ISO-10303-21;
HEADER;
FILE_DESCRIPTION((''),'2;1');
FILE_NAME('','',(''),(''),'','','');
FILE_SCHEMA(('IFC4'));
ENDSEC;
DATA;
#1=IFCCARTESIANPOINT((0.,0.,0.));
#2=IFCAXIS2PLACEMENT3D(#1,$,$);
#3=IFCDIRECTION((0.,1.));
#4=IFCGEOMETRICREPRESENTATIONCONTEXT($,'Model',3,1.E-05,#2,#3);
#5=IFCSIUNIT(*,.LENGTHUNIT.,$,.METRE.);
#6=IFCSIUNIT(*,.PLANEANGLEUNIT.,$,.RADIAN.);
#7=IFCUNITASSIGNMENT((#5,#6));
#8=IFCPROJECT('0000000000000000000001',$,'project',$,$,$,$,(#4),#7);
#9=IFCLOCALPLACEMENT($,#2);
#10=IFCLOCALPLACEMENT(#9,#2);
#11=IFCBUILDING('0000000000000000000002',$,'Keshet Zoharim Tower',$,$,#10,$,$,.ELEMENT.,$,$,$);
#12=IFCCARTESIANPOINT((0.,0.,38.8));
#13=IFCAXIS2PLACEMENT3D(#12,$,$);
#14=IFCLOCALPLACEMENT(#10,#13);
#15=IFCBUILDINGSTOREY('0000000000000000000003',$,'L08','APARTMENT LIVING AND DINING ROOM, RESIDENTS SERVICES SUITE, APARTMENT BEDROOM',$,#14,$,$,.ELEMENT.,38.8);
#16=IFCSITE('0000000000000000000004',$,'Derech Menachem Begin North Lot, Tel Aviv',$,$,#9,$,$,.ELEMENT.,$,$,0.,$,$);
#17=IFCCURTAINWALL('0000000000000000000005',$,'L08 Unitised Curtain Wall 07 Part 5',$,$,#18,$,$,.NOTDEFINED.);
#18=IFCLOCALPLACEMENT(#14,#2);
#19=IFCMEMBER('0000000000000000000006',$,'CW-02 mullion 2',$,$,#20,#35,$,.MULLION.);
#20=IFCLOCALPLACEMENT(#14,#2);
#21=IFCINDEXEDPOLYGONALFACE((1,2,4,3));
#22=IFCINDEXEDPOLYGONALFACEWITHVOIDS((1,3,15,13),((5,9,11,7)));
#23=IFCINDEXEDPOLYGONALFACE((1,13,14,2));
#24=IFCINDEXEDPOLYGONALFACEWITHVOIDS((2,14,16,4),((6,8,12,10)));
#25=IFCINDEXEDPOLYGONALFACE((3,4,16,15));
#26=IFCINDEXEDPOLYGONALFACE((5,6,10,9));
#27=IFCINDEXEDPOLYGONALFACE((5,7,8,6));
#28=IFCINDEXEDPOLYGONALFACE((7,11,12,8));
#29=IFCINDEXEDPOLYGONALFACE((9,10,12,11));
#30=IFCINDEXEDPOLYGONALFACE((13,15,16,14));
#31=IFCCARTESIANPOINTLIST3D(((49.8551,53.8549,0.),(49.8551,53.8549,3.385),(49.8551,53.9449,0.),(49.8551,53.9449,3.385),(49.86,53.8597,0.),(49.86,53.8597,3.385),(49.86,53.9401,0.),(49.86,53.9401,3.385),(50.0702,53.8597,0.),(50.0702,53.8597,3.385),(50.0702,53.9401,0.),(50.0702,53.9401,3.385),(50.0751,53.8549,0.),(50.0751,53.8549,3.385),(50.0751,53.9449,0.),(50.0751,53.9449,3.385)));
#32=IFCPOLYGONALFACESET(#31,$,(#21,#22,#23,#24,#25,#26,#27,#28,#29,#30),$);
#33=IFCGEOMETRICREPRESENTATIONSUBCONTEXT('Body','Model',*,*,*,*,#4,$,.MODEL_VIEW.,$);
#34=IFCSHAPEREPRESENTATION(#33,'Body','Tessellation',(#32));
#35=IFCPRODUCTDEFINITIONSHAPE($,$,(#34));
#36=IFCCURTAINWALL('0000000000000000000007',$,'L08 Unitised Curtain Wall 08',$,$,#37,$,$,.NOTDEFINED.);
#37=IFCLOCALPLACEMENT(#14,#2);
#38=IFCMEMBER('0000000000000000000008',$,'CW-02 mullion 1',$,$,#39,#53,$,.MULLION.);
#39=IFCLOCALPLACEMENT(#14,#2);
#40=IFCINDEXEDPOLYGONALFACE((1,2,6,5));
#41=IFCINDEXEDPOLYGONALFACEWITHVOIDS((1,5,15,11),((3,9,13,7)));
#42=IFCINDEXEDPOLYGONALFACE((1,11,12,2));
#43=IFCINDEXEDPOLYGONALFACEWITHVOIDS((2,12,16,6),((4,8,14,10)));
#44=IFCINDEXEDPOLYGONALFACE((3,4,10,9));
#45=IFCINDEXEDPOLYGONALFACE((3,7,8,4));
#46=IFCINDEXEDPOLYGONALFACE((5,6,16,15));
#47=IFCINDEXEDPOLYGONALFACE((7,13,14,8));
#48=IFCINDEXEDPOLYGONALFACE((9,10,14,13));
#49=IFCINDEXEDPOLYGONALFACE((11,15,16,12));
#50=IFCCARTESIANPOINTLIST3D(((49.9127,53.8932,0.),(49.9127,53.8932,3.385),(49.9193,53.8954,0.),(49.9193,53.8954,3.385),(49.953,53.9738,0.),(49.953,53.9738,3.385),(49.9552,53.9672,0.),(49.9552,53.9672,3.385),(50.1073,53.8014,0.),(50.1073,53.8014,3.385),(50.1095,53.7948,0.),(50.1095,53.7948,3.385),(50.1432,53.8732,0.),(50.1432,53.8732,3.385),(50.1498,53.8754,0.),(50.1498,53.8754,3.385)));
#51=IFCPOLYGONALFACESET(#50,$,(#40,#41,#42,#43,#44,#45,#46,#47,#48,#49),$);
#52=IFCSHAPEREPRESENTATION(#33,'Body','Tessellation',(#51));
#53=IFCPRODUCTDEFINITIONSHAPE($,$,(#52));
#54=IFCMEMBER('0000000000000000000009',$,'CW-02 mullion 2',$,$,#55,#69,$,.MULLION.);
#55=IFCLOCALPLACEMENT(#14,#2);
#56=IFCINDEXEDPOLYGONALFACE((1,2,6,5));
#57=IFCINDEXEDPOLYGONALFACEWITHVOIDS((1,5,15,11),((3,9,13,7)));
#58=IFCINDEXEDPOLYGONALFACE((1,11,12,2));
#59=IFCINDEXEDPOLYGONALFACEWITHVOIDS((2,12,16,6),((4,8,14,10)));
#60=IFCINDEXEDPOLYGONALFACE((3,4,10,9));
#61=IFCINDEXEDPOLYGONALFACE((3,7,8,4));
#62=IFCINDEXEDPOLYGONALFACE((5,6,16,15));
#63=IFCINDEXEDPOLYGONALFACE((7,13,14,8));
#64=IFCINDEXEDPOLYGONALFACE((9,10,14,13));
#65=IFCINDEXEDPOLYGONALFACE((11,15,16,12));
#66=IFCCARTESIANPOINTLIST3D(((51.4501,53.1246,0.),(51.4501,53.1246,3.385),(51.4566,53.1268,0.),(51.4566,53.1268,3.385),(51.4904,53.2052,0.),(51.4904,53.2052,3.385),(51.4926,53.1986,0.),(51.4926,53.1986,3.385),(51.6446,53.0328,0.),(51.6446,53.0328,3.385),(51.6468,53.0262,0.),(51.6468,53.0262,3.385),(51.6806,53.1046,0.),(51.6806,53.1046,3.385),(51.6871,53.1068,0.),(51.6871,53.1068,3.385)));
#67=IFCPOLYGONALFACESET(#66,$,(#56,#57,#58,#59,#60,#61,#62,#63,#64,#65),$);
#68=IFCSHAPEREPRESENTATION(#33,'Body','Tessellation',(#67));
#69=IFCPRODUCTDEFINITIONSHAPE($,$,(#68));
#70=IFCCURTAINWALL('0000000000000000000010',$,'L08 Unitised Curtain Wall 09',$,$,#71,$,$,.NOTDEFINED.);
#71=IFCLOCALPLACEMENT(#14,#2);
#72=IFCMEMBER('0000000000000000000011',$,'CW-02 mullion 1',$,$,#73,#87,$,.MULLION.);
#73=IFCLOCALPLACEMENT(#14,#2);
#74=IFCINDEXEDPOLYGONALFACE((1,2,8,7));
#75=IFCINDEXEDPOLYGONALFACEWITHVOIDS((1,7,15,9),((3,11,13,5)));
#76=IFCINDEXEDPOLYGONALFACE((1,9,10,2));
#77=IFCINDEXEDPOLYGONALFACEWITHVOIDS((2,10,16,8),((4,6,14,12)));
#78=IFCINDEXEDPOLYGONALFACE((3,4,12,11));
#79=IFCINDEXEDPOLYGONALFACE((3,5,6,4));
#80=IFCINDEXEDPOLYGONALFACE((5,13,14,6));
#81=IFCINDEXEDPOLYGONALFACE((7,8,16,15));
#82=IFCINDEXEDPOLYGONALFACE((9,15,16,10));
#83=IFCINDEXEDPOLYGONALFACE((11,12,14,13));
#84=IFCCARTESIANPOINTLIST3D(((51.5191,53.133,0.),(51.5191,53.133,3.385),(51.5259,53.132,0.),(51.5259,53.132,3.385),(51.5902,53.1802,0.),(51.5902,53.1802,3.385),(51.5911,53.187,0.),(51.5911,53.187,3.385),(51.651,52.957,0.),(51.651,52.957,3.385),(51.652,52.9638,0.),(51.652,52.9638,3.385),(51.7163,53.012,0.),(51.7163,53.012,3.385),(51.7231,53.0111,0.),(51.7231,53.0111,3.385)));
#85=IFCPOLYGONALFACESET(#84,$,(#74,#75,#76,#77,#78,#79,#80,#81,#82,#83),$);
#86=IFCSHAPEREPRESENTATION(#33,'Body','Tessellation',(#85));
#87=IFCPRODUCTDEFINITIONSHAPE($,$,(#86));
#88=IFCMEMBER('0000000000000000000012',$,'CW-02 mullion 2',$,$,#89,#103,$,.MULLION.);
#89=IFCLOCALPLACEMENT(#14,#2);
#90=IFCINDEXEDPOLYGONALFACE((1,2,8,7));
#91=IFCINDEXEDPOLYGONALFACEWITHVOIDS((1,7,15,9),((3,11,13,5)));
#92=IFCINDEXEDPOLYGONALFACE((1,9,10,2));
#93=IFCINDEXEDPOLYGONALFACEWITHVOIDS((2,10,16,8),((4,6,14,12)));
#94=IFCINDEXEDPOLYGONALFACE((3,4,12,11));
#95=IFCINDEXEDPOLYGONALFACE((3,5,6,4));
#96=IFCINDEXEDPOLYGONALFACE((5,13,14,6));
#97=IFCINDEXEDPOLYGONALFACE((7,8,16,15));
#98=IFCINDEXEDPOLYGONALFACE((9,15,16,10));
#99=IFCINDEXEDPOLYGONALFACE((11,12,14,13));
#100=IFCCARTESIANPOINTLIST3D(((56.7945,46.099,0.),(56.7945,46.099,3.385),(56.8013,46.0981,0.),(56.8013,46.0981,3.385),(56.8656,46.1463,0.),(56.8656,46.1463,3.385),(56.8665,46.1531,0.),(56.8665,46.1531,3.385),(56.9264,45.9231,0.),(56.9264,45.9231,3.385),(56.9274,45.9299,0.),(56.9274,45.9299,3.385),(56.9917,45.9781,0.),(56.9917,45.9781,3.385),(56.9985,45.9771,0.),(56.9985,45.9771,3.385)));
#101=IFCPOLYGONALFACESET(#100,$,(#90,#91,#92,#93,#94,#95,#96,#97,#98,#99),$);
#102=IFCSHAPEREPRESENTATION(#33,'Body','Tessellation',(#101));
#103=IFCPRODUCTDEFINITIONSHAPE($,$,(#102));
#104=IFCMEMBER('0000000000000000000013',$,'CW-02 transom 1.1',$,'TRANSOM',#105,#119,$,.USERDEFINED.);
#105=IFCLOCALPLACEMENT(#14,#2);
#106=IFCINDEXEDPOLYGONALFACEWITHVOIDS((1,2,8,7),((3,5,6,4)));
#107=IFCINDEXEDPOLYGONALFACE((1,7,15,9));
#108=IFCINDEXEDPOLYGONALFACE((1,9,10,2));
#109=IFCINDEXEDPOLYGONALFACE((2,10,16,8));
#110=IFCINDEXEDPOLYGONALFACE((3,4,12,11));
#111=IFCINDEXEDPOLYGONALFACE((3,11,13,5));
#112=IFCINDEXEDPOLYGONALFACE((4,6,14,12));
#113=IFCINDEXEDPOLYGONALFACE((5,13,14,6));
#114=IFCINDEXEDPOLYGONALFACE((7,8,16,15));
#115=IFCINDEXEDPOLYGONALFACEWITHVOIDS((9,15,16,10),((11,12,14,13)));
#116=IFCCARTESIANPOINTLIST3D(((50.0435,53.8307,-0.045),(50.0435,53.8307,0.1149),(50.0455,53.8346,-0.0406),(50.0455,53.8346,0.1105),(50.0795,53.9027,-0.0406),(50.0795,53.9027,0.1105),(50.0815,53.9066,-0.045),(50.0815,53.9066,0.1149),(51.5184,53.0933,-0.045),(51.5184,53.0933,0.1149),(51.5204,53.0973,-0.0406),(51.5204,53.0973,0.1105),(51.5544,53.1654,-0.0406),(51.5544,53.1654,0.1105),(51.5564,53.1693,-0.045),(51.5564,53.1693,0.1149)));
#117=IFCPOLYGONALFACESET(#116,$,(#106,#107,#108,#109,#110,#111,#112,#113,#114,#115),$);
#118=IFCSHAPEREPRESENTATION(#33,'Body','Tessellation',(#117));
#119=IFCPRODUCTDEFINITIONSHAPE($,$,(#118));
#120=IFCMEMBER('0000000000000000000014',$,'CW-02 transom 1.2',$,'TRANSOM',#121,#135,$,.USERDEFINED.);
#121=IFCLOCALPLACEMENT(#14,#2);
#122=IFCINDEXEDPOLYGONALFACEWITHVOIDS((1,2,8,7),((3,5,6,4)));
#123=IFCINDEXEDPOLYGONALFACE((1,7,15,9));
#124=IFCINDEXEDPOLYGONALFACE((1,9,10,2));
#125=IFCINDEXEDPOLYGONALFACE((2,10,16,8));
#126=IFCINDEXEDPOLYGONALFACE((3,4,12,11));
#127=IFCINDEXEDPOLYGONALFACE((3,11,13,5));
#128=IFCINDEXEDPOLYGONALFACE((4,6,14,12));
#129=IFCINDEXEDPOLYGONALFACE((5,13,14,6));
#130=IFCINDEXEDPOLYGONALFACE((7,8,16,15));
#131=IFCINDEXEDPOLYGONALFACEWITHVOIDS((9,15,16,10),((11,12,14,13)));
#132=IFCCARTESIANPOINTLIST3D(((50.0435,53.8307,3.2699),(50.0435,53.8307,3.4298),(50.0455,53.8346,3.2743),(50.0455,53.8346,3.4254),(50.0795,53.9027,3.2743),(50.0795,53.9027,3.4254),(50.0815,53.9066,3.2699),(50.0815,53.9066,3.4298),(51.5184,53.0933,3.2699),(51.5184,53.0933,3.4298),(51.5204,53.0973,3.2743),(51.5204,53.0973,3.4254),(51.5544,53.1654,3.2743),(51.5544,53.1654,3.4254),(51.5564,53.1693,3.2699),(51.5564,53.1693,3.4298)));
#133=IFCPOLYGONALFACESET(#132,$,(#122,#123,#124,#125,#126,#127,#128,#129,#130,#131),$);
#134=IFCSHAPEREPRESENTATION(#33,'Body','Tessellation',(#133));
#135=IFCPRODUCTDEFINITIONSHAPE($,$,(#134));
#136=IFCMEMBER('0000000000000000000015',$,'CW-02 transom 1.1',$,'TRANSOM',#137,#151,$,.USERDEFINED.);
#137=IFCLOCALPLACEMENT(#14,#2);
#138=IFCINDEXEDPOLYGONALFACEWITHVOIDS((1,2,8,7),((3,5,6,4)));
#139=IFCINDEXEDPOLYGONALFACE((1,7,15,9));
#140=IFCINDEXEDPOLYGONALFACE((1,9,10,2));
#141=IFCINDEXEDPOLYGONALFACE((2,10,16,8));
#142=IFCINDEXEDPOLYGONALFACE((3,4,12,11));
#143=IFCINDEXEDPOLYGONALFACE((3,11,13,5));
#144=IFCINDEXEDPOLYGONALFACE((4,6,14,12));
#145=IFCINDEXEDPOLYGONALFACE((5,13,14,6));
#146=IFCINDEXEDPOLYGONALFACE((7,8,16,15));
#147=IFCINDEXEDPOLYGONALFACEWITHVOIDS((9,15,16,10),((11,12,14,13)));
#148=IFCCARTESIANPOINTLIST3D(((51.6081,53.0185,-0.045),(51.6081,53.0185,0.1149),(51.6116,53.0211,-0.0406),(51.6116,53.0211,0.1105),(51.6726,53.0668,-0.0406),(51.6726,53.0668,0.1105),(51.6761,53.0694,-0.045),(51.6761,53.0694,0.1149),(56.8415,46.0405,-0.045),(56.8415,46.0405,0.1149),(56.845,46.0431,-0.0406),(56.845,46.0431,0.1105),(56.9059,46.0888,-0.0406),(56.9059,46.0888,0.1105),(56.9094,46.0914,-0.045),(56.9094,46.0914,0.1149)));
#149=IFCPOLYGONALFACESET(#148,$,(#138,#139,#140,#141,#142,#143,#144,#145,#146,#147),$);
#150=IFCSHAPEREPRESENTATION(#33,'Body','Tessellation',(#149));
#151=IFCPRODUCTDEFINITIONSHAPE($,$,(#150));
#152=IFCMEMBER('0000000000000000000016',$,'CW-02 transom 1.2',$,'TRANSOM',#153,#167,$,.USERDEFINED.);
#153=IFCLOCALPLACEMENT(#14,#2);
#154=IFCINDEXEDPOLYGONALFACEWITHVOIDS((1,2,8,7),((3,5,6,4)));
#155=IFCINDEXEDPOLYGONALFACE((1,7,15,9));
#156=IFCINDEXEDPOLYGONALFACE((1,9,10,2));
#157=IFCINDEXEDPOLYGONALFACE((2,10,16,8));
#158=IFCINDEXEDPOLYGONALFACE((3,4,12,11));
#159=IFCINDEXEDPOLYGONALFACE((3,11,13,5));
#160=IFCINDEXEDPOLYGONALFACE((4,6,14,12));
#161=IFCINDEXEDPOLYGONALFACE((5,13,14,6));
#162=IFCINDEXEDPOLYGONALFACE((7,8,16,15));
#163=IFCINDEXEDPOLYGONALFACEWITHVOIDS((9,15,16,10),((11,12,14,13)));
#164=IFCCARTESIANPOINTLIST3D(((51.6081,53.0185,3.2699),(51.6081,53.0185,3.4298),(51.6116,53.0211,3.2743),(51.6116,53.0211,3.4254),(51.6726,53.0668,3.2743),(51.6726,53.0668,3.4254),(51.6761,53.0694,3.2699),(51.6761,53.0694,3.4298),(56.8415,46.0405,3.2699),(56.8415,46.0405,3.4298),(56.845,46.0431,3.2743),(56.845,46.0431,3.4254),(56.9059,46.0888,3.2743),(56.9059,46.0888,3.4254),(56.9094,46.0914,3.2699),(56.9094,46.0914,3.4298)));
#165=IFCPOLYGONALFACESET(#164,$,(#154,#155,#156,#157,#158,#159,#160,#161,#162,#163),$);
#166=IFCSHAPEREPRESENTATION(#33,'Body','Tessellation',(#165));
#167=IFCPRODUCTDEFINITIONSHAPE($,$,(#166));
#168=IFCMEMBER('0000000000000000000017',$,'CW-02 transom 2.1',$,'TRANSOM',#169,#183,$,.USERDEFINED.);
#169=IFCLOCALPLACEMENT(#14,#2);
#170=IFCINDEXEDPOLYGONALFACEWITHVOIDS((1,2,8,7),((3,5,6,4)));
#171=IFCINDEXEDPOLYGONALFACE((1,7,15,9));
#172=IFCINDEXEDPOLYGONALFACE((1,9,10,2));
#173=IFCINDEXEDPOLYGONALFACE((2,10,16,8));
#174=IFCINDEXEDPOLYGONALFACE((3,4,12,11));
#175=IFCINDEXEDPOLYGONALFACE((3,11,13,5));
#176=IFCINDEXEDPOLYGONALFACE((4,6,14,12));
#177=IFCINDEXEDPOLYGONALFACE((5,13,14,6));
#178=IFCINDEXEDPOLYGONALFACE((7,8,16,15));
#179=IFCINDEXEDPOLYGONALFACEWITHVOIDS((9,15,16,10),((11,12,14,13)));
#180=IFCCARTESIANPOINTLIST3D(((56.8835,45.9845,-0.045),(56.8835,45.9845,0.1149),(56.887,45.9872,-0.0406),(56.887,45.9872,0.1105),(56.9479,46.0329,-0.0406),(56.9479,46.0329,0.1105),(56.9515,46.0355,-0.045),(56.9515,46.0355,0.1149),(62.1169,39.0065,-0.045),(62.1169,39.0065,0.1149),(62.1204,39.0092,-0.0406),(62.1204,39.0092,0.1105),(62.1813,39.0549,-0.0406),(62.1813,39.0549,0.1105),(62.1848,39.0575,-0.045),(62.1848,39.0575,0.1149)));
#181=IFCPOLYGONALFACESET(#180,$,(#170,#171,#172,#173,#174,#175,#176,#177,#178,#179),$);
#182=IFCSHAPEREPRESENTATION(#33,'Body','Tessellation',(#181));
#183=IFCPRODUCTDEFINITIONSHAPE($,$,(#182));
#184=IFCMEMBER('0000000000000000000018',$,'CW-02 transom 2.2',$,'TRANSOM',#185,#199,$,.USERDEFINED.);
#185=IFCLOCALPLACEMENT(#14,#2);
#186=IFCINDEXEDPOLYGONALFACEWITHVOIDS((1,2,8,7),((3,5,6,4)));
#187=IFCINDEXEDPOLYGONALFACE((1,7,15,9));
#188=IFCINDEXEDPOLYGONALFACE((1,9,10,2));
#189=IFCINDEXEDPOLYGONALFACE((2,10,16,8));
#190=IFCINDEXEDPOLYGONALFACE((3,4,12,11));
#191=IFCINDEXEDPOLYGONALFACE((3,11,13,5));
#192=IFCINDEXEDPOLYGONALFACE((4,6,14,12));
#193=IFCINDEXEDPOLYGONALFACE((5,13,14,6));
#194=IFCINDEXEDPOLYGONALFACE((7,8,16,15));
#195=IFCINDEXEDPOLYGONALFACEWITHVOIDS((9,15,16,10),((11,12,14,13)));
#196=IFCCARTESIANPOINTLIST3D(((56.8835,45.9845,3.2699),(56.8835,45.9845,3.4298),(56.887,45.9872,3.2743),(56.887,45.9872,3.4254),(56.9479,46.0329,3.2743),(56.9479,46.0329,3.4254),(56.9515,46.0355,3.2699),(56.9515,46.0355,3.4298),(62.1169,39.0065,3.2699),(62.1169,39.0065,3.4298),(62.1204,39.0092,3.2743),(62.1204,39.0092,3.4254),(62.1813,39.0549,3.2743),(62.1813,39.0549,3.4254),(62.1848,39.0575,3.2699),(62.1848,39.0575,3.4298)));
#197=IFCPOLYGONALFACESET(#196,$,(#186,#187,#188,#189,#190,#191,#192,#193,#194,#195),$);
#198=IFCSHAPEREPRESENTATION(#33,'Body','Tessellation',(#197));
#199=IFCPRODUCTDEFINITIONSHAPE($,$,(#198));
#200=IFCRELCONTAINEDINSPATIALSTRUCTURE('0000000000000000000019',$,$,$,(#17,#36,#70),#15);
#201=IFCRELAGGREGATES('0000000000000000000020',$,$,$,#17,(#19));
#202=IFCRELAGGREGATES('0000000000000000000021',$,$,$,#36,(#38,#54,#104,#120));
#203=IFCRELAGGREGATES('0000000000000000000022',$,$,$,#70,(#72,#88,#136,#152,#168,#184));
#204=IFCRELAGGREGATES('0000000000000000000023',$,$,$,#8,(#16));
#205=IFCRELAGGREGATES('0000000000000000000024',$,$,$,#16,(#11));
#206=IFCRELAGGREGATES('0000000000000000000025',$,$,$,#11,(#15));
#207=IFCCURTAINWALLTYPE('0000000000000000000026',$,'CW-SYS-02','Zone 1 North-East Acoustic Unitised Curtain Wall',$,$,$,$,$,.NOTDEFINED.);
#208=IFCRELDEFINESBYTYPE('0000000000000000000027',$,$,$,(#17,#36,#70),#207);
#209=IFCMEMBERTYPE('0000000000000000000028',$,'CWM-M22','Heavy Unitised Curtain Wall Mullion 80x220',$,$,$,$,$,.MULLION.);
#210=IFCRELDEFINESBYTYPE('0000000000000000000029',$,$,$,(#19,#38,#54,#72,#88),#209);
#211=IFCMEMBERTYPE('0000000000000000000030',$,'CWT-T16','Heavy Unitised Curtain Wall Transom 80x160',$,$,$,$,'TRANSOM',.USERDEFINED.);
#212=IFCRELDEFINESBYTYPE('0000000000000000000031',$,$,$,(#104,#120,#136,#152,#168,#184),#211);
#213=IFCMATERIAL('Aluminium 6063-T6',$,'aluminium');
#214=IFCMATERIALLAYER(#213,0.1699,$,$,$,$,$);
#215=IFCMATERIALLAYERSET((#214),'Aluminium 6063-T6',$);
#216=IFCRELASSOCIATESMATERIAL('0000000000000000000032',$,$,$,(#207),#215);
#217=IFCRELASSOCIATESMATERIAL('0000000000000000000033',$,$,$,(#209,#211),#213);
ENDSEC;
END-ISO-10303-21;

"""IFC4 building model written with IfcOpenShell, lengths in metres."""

from ifc_helpers import new_model, si_unit, direction, frame, origin, origin_2d, place, context, subcontext, project, spatial, hollow_rectangle, extrude, material, layer, layer_set, material_profile, profile_set, type_object, element, aggregate, save


model = new_model("IFC4")

# Units and contexts
model_context = context("Model", 3, precision=1e-05, world=origin(), true_north=direction((0.0, 1.0)))
body_context = subcontext(model_context, "Body", "Model", "MODEL_VIEW")
ifc_project = project(units=[si_unit("LENGTHUNIT", "METRE"), si_unit("PLANEANGLEUNIT", "RADIAN")], contexts=[model_context])

# Site, building, storey
site_placement = place(None, origin())
site = spatial("IfcSite", under=ifc_project, at=site_placement, Name="Derech Menachem Begin North Lot, Tel Aviv", CompositionType="ELEMENT", RefElevation=0.0)
building_placement = place(site_placement, origin())
building = spatial("IfcBuilding", under=site, at=building_placement, Name="Keshet Zoharim Tower", CompositionType="ELEMENT")
storey_placement = place(building_placement, frame((0.0, 0.0, 38.8)))
storey = spatial("IfcBuildingStorey", under=building, at=storey_placement, Name="L08", Description="APARTMENT LIVING AND DINING ROOM, RESIDENTS SERVICES SUITE, APARTMENT BEDROOM", CompositionType="ELEMENT", Elevation=38.8)

# Curtain wall, member
ifc_material_1 = material(Name="Aluminium 6063-T6", Category="aluminium")
ifc_layer_1 = layer(ifc_material_1, 0.1699)
ifc_layer_set_1 = layer_set([ifc_layer_1], Name="Aluminium 6063-T6")
curtain_wall_type = type_object("IfcCurtainWallType", Name="CW-SYS-02", Description="Zone 1 North-East Acoustic Unitised Curtain Wall", PredefinedType="NOTDEFINED", material=ifc_layer_set_1)
curtain_wall_1_placement = place(storey_placement, origin())
curtain_wall_1 = element("IfcCurtainWall", 1, at=curtain_wall_1_placement, inside=storey, type_object=curtain_wall_type, Name="L08 Unitised Curtain Wall 07 Part 5", PredefinedType="NOTDEFINED")
ifc_material_profile_1 = material_profile(ifc_material_1, hollow_rectangle(XDim=0.0901, YDim=0.22, WallThickness=0.0049, at=origin_2d()), Name="MUL-90x220")
ifc_profile_set_1 = profile_set([ifc_material_profile_1], Name="Aluminium 6063-T6")
member_type_1 = type_object("IfcMemberType", Name="CWM-M22", Description="Heavy Unitised Curtain Wall Mullion 80x220", PredefinedType="MULLION", material=ifc_profile_set_1)
member_1_placement = place(storey_placement, frame((49.9651, 53.8999, 0.0), z_axis=(0.0, 0.0, 1.0), x_axis=(0.0, 1.0, 0.0)))
member_1 = element("IfcMember", 2, at=member_1_placement, type_object=member_type_1, Name="CW-02 mullion 2", PredefinedType="MULLION", context=body_context, shape_type="SweptSolid", body=[
    extrude(hollow_rectangle(XDim=0.0901, YDim=0.22, WallThickness=0.0049, at=origin_2d()), origin(), (0.0, 0.0, 1.0), 3.385),
])
aggregate(curtain_wall_1, [member_1])

# Curtain walls, members
curtain_wall_2_placement = place(storey_placement, origin())
curtain_wall_2 = element("IfcCurtainWall", 3, at=curtain_wall_2_placement, inside=storey, type_object=curtain_wall_type, Name="L08 Unitised Curtain Wall 08", PredefinedType="NOTDEFINED")
member_2_placement = place(storey_placement, frame((50.0312, 53.8843, 0.0), z_axis=(0.0, 0.0, 1.0), x_axis=(0.447214, 0.894427, 0.0)))
member_2 = element("IfcMember", 4, at=member_2_placement, type_object=member_type_1, Name="CW-02 mullion 1", PredefinedType="MULLION", context=body_context, shape_type="SweptSolid", body=[
    extrude(hollow_rectangle(XDim=0.0901, YDim=0.22, WallThickness=0.0049, at=origin_2d()), origin(), (0.0, 0.0, 1.0), 3.385),
])
member_3_placement = place(storey_placement, frame((51.5686, 53.1157, 0.0), z_axis=(0.0, 0.0, 1.0), x_axis=(0.447214, 0.894427, 0.0)))
member_3 = element("IfcMember", 5, at=member_3_placement, type_object=member_type_1, Name="CW-02 mullion 2", PredefinedType="MULLION", context=body_context, shape_type="SweptSolid", body=[
    extrude(hollow_rectangle(XDim=0.0901, YDim=0.22, WallThickness=0.0049, at=origin_2d()), origin(), (0.0, 0.0, 1.0), 3.385),
])
curtain_wall_3_placement = place(storey_placement, origin())
curtain_wall_3 = element("IfcCurtainWall", 6, at=curtain_wall_3_placement, inside=storey, type_object=curtain_wall_type, Name="L08 Unitised Curtain Wall 09", PredefinedType="NOTDEFINED")
member_4_placement = place(storey_placement, frame((51.6211, 53.072, 0.0), z_axis=(0.0, 0.0, 1.0), x_axis=(0.8, 0.6, 0.0)))
member_4 = element("IfcMember", 7, at=member_4_placement, type_object=member_type_1, Name="CW-02 mullion 1", PredefinedType="MULLION", context=body_context, shape_type="SweptSolid", body=[
    extrude(hollow_rectangle(XDim=0.0901, YDim=0.22, WallThickness=0.0049, at=origin_2d()), origin(), (0.0, 0.0, 1.0), 3.385),
])
member_5_placement = place(storey_placement, frame((56.8965, 46.0381, 0.0), z_axis=(0.0, 0.0, 1.0), x_axis=(0.8, 0.6, 0.0)))
member_5 = element("IfcMember", 8, at=member_5_placement, type_object=member_type_1, Name="CW-02 mullion 2", PredefinedType="MULLION", context=body_context, shape_type="SweptSolid", body=[
    extrude(hollow_rectangle(XDim=0.0901, YDim=0.22, WallThickness=0.0049, at=origin_2d()), origin(), (0.0, 0.0, 1.0), 3.385),
])

# Members
ifc_material_profile_2 = material_profile(ifc_material_1, hollow_rectangle(XDim=0.085, YDim=0.1599, WallThickness=0.0044, at=origin_2d()), Name="TRN-85x160")
ifc_profile_set_2 = profile_set([ifc_material_profile_2], Name="Aluminium 6063-T6")
member_type_2 = type_object("IfcMemberType", Name="CWT-T16", Description="Heavy Unitised Curtain Wall Transom 80x160", ElementType="TRANSOM", PredefinedType="USERDEFINED", material=ifc_profile_set_2)
member_6_placement = place(storey_placement, frame((50.0625, 53.8687, 0.0349), z_axis=(0.894457, -0.447154, 0.0), x_axis=(0.447154, 0.894457, 0.0)))
member_6 = element("IfcMember", 9, at=member_6_placement, type_object=member_type_2, Name="CW-02 transom 1.1", ObjectType="TRANSOM", PredefinedType="USERDEFINED", context=body_context, shape_type="SweptSolid", body=[
    extrude(hollow_rectangle(XDim=0.085, YDim=0.1599, WallThickness=0.0044, at=origin_2d()), origin(), (0.0, 0.0, 1.0), 1.6489),
])
member_7_placement = place(storey_placement, frame((50.0625, 53.8687, 3.3499), z_axis=(0.894457, -0.447154, 0.0), x_axis=(0.447154, 0.894457, 0.0)))
member_7 = element("IfcMember", 10, at=member_7_placement, type_object=member_type_2, Name="CW-02 transom 1.2", ObjectType="TRANSOM", PredefinedType="USERDEFINED", context=body_context, shape_type="SweptSolid", body=[
    extrude(hollow_rectangle(XDim=0.085, YDim=0.1599, WallThickness=0.0044, at=origin_2d()), origin(), (0.0, 0.0, 1.0), 1.6489),
])
member_8_placement = place(storey_placement, frame((51.6421, 53.0439, 0.0349), z_axis=(0.599991, -0.800007, 0.0), x_axis=(0.800007, 0.599991, 0.0)))
member_8 = element("IfcMember", 11, at=member_8_placement, type_object=member_type_2, Name="CW-02 transom 1.1", ObjectType="TRANSOM", PredefinedType="USERDEFINED", context=body_context, shape_type="SweptSolid", body=[
    extrude(hollow_rectangle(XDim=0.085, YDim=0.1599, WallThickness=0.0044, at=origin_2d()), origin(), (0.0, 0.0, 1.0), 8.7224),
])
member_9_placement = place(storey_placement, frame((51.6421, 53.0439, 3.3499), z_axis=(0.599991, -0.800007, 0.0), x_axis=(0.800007, 0.599991, 0.0)))
member_9 = element("IfcMember", 12, at=member_9_placement, type_object=member_type_2, Name="CW-02 transom 1.2", ObjectType="TRANSOM", PredefinedType="USERDEFINED", context=body_context, shape_type="SweptSolid", body=[
    extrude(hollow_rectangle(XDim=0.085, YDim=0.1599, WallThickness=0.0044, at=origin_2d()), origin(), (0.0, 0.0, 1.0), 8.7224),
])
member_10_placement = place(storey_placement, frame((56.9175, 46.01, 0.0349), z_axis=(0.599991, -0.800007, 0.0), x_axis=(0.800007, 0.599991, 0.0)))
member_10 = element("IfcMember", 13, at=member_10_placement, type_object=member_type_2, Name="CW-02 transom 2.1", ObjectType="TRANSOM", PredefinedType="USERDEFINED", context=body_context, shape_type="SweptSolid", body=[
    extrude(hollow_rectangle(XDim=0.085, YDim=0.1599, WallThickness=0.0044, at=origin_2d()), origin(), (0.0, 0.0, 1.0), 8.7224),
])
member_11_placement = place(storey_placement, frame((56.9175, 46.01, 3.3499), z_axis=(0.599991, -0.800007, 0.0), x_axis=(0.800007, 0.599991, 0.0)))
member_11 = element("IfcMember", 14, at=member_11_placement, type_object=member_type_2, Name="CW-02 transom 2.2", ObjectType="TRANSOM", PredefinedType="USERDEFINED", context=body_context, shape_type="SweptSolid", body=[
    extrude(hollow_rectangle(XDim=0.085, YDim=0.1599, WallThickness=0.0044, at=origin_2d()), origin(), (0.0, 0.0, 1.0), 8.7224),
])

aggregate(curtain_wall_2, [member_2, member_3, member_6, member_7])
aggregate(curtain_wall_3, [member_4, member_5, member_8, member_9, member_10, member_11])

save(model, "model.ifc")
